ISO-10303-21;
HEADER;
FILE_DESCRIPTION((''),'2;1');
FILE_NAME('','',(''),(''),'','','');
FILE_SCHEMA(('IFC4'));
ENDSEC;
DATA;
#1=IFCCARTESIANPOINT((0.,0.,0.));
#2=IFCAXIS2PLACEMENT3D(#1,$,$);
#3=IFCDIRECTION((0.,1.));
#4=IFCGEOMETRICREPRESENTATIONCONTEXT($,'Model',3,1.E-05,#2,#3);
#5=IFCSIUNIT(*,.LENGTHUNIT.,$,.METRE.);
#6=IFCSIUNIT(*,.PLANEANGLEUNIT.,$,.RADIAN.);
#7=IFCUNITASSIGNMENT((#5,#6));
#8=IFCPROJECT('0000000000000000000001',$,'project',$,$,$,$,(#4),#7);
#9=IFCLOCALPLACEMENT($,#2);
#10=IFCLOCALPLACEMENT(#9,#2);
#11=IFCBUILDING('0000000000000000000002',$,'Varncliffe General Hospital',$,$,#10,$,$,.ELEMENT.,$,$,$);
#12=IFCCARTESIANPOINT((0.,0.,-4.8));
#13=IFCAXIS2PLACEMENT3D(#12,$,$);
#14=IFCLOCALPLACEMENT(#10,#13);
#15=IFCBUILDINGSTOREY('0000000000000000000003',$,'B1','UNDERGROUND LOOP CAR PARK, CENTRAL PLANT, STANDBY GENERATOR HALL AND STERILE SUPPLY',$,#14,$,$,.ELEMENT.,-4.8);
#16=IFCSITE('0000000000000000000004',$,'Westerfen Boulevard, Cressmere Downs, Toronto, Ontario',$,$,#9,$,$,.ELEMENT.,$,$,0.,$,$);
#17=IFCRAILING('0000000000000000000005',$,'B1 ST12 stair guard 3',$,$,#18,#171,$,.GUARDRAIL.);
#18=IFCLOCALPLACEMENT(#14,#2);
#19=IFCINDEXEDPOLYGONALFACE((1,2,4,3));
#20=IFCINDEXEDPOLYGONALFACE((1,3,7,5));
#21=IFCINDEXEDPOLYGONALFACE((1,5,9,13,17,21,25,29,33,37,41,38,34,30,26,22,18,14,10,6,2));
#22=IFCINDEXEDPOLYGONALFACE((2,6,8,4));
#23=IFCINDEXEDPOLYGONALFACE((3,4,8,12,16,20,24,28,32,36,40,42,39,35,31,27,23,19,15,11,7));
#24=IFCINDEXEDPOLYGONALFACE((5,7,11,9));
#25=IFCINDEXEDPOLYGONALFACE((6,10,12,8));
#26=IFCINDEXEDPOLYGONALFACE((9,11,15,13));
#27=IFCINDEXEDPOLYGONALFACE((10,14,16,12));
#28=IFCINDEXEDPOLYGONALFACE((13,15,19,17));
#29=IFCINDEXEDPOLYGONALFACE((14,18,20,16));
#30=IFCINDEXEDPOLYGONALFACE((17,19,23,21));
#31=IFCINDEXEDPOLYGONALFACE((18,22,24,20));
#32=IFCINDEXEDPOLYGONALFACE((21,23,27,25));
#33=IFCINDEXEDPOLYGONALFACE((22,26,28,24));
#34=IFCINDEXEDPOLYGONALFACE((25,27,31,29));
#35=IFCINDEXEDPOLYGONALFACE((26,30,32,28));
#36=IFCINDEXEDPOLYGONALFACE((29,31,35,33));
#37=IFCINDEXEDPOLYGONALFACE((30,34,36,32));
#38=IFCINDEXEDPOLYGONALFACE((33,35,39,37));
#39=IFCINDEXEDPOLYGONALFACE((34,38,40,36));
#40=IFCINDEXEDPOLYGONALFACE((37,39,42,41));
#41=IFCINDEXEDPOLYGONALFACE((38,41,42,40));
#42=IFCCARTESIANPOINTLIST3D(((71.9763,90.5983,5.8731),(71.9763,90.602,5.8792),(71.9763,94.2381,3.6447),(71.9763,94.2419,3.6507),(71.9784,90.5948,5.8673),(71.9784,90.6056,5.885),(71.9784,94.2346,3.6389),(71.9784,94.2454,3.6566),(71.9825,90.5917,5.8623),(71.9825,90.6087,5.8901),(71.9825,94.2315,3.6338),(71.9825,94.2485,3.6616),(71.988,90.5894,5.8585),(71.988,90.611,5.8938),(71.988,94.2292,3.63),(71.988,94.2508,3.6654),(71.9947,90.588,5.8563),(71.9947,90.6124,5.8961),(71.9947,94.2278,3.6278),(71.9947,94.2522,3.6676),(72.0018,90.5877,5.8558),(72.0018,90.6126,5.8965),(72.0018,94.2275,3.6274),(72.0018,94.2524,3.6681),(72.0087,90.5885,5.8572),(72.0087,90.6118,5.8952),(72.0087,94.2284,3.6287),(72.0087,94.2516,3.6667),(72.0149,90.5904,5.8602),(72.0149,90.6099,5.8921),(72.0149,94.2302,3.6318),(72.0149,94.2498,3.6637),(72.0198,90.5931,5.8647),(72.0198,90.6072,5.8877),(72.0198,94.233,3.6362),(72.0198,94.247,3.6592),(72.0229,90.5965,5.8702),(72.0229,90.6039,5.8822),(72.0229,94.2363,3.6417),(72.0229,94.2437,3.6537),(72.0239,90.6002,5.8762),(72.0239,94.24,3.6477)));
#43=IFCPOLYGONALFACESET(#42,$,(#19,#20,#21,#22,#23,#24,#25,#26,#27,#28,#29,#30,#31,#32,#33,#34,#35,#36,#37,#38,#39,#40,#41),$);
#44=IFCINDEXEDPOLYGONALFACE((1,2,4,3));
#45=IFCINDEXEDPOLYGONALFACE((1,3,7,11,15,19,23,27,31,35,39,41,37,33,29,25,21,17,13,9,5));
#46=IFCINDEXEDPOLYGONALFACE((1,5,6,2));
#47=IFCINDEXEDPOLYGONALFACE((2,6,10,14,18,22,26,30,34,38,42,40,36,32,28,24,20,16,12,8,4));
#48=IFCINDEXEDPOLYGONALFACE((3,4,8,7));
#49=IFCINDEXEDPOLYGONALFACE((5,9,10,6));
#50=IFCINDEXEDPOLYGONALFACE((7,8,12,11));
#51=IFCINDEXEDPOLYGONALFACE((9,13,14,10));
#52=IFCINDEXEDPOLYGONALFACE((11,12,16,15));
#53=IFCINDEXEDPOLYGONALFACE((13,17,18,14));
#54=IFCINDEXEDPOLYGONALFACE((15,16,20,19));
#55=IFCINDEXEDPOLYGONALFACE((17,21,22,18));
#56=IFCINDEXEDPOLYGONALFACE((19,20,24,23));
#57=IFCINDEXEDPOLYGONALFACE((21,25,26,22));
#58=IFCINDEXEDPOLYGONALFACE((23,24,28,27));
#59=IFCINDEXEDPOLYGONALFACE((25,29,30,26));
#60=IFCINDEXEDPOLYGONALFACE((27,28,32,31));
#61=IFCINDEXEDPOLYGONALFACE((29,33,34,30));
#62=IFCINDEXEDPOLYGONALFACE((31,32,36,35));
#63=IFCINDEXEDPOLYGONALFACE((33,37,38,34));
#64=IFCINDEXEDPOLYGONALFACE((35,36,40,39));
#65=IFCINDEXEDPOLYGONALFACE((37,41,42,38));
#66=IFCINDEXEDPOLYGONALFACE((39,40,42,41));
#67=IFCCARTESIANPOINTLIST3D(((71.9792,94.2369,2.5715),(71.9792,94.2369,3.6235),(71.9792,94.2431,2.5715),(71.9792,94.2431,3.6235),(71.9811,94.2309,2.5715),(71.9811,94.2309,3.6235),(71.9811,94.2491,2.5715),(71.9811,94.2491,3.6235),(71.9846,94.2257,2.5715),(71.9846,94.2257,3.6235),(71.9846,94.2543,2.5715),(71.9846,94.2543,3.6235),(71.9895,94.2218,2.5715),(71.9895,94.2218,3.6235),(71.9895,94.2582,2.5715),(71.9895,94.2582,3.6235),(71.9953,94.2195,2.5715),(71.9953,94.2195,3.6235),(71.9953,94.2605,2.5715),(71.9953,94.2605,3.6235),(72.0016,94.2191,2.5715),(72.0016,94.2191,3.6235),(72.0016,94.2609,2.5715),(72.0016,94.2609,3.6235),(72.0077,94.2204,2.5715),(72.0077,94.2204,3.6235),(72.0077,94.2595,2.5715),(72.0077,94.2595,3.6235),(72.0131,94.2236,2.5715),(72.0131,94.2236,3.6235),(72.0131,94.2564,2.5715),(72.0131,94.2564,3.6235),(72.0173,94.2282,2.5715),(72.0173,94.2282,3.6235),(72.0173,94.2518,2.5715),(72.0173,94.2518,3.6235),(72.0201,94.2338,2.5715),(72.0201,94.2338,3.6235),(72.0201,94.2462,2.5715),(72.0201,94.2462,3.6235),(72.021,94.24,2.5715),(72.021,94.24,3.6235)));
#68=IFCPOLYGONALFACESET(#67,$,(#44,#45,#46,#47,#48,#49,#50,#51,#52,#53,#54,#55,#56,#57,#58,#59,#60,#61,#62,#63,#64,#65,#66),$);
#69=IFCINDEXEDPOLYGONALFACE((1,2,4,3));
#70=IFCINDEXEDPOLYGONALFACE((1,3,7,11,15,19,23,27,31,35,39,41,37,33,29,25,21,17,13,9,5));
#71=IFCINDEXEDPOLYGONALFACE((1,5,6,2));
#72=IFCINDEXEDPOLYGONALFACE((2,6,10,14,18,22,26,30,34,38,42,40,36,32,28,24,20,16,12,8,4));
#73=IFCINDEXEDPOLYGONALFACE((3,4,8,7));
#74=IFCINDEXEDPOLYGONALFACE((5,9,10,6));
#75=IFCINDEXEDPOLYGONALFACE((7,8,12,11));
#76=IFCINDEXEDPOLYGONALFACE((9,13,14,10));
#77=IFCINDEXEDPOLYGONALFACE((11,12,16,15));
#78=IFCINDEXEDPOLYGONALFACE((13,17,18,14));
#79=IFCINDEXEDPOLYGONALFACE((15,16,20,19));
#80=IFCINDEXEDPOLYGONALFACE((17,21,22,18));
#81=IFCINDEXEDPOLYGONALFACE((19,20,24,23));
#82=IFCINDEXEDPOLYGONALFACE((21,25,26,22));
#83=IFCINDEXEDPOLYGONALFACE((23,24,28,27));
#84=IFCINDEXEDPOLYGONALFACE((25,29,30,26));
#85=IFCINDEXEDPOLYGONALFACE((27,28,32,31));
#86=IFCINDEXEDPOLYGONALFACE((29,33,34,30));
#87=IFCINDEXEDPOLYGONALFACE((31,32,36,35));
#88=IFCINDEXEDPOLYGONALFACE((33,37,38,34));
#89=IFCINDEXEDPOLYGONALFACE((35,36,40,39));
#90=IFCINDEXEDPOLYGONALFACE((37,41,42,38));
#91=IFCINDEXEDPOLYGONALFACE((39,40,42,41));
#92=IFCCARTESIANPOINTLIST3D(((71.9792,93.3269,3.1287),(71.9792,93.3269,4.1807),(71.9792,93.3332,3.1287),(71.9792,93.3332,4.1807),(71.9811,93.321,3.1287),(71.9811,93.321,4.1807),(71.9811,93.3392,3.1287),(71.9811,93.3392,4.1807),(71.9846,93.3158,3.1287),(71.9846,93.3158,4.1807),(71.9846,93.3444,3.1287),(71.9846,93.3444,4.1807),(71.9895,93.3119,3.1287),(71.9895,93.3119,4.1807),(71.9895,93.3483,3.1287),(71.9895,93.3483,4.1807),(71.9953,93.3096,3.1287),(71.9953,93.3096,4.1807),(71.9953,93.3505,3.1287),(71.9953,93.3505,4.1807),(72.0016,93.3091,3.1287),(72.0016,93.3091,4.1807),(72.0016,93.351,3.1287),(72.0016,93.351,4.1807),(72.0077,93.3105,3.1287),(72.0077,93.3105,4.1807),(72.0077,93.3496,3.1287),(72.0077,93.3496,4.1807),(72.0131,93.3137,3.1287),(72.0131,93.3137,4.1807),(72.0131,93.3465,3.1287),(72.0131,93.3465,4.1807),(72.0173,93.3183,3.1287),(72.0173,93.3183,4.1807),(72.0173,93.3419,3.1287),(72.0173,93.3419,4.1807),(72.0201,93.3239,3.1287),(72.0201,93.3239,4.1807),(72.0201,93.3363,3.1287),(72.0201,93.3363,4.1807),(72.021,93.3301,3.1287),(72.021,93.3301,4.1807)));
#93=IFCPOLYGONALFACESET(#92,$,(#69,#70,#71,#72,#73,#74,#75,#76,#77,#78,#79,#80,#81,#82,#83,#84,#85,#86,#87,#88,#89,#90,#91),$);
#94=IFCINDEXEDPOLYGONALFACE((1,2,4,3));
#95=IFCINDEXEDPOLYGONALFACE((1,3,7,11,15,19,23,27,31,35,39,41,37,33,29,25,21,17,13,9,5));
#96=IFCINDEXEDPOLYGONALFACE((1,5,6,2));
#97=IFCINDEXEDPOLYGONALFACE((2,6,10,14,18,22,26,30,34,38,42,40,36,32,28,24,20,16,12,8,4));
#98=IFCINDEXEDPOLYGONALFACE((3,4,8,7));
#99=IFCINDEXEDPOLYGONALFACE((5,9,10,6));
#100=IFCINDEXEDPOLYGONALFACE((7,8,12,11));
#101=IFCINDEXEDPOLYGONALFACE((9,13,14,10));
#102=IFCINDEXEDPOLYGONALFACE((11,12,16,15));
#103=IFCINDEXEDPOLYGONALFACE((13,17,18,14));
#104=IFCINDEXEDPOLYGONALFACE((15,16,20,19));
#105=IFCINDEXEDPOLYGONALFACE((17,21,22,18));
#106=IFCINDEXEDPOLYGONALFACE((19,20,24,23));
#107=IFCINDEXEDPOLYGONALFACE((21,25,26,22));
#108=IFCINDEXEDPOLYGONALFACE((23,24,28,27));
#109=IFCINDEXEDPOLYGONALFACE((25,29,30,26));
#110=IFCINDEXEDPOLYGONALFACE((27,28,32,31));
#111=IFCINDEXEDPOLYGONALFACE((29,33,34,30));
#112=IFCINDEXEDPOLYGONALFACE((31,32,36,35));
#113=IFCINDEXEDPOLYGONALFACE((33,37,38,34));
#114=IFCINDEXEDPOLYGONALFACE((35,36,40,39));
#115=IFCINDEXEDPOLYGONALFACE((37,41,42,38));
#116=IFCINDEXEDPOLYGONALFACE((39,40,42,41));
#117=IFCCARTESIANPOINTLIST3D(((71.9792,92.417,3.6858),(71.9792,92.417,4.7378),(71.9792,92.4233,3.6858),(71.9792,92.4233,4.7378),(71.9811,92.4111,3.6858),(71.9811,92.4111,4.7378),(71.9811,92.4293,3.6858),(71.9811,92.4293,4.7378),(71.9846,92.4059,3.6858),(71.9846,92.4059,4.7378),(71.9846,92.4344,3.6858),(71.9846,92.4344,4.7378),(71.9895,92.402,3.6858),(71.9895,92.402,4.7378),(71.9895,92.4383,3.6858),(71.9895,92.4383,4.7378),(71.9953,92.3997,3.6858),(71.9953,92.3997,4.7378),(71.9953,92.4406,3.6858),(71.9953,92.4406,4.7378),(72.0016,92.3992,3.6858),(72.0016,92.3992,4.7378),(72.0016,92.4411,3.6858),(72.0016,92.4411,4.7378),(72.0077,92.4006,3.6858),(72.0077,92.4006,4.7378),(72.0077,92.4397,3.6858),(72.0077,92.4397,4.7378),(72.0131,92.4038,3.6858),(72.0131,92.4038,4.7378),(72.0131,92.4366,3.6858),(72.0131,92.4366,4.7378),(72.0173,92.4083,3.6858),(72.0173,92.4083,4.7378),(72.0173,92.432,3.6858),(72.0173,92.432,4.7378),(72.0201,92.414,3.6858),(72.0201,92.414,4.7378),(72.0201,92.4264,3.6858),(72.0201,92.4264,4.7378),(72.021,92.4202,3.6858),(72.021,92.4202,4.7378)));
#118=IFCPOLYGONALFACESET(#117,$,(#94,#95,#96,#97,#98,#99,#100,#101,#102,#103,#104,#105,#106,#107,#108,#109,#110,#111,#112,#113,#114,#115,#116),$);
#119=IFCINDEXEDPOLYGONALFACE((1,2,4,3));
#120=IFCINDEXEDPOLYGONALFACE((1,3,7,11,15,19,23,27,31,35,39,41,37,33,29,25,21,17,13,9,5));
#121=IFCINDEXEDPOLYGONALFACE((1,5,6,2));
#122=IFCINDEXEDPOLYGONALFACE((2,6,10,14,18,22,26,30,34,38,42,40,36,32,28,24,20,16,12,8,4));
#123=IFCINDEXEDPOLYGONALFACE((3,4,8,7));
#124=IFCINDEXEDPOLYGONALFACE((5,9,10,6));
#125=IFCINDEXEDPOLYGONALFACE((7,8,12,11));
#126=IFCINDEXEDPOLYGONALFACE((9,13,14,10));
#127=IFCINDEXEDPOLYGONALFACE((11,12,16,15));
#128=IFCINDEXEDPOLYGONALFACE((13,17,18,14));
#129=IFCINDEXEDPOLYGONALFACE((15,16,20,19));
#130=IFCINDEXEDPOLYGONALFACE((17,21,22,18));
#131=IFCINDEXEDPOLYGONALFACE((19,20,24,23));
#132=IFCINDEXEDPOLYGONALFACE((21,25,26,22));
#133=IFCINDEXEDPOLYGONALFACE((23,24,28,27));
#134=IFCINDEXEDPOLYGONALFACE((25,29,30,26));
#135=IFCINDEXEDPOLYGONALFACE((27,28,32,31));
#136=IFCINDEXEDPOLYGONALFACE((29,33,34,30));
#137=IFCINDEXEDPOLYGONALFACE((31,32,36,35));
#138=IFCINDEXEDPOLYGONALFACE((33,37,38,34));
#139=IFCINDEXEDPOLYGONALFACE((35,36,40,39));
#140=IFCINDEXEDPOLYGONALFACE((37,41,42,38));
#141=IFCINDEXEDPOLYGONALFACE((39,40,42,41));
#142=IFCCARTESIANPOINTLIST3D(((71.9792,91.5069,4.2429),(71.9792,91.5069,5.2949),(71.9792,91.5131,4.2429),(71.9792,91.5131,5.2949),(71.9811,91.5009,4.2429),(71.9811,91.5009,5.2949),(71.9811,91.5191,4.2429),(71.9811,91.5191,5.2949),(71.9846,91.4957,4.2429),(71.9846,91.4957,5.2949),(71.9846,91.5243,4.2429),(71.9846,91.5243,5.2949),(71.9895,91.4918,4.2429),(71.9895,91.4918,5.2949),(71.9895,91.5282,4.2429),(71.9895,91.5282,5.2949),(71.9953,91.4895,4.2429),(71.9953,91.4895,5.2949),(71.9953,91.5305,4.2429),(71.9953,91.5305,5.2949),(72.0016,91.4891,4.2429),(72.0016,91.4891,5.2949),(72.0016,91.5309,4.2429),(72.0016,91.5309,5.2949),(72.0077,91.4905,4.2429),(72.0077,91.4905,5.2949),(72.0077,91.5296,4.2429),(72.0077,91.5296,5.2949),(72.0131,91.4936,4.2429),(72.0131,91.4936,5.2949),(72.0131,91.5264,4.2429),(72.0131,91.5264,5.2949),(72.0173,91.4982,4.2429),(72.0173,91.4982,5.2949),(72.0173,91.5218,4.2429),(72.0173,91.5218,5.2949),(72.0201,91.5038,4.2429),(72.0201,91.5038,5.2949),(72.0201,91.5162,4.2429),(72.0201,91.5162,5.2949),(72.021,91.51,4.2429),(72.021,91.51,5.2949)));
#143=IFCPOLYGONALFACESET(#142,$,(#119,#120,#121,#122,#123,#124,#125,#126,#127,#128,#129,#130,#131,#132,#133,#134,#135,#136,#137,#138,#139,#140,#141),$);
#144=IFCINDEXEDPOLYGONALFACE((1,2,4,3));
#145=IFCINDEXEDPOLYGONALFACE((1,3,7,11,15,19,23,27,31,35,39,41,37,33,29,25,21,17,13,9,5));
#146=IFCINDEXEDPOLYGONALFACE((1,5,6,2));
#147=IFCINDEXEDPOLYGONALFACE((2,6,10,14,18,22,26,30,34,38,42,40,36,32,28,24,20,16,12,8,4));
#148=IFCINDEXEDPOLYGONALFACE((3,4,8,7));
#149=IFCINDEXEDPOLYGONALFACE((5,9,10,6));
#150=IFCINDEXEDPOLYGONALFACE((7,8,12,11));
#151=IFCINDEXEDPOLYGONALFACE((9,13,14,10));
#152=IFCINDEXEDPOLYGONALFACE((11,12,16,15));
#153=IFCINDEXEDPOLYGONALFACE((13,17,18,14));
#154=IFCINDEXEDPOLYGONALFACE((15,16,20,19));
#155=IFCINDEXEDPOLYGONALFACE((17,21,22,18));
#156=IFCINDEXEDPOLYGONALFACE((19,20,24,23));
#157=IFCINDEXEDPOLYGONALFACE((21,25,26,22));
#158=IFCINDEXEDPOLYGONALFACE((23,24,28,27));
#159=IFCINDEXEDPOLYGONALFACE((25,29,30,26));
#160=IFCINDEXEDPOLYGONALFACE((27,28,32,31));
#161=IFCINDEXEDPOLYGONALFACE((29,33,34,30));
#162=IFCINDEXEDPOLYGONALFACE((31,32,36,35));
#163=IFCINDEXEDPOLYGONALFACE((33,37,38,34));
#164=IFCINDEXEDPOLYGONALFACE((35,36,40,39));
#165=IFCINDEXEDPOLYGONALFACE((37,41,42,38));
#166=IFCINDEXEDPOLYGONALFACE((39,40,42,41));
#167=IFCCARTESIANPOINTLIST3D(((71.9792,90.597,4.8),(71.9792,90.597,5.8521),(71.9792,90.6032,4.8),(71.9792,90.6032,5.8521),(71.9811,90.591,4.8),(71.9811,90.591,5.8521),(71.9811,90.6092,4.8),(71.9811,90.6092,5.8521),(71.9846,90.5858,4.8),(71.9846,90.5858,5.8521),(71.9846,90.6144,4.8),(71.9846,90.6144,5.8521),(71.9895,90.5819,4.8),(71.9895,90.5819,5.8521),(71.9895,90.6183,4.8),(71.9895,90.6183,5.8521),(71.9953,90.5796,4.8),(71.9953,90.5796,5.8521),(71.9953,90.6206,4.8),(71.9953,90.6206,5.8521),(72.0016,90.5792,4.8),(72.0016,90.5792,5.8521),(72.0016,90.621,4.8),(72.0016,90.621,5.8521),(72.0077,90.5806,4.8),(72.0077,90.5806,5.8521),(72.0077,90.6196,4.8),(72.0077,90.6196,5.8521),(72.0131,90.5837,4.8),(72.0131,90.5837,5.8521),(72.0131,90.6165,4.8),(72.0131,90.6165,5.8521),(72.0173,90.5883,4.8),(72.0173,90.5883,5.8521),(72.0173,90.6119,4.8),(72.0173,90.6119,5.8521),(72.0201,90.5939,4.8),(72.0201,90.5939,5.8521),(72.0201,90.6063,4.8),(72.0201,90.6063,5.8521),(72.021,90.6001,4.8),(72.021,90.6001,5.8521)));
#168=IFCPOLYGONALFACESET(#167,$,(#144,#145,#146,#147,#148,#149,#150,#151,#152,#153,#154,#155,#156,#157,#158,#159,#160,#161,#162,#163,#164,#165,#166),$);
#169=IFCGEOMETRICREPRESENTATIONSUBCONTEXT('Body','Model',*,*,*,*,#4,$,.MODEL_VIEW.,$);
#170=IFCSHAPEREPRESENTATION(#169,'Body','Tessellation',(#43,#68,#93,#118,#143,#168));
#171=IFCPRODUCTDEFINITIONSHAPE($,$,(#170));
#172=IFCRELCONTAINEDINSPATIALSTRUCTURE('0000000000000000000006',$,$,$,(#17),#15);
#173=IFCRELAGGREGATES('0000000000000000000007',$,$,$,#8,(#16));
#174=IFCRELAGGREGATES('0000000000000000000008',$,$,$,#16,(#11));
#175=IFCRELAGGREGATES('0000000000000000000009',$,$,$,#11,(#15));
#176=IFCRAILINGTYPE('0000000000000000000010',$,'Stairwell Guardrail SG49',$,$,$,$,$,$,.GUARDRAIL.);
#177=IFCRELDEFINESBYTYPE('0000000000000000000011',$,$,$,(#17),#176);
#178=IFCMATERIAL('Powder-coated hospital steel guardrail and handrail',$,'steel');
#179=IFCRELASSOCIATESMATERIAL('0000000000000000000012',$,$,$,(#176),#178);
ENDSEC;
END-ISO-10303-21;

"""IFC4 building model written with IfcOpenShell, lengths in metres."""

from ifc_helpers import new_model, si_unit, direction, frame, origin, origin_2d, place, context, subcontext, project, spatial, circle, extrude, material, type_object, element, save


model = new_model("IFC4")

# Units and contexts
model_context = context("Model", 3, precision=1e-05, world=origin(), true_north=direction((0.0, 1.0)))
body_context = subcontext(model_context, "Body", "Model", "MODEL_VIEW")
ifc_project = project(units=[si_unit("LENGTHUNIT", "METRE"), si_unit("PLANEANGLEUNIT", "RADIAN")], contexts=[model_context])

# Site, building, storey
site_placement = place(None, origin())
site = spatial("IfcSite", under=ifc_project, at=site_placement, Name="Westerfen Boulevard, Cressmere Downs, Toronto, Ontario", CompositionType="ELEMENT", RefElevation=0.0)
building_placement = place(site_placement, origin())
building = spatial("IfcBuilding", under=site, at=building_placement, Name="Varncliffe General Hospital", CompositionType="ELEMENT")
storey_placement = place(building_placement, frame((0.0, 0.0, -4.8)))
storey = spatial("IfcBuildingStorey", under=building, at=storey_placement, Name="B1", Description="UNDERGROUND LOOP CAR PARK, CENTRAL PLANT, STANDBY GENERATOR HALL AND STERILE SUPPLY", CompositionType="ELEMENT", Elevation=-4.8)

# Railing
ifc_material_1 = material(Name="Powder-coated hospital steel guardrail and handrail", Category="steel")
railing_type_1 = type_object("IfcRailingType", Name="Stairwell Guardrail SG49", PredefinedType="GUARDRAIL", material=ifc_material_1)
railing_1_placement = place(storey_placement, frame((72.0, 94.24, 2.5715)))
element("IfcRailing", 1, at=railing_1_placement, inside=storey, type_object=railing_type_1, Name="B1 ST12 stair guard 3", PredefinedType="GUARDRAIL", context=body_context, shape_type="SweptSolid", body=[
    extrude(circle(Radius=0.0239, at=origin_2d()), frame((0.0, 0.0, 1.0762), z_axis=(0.0, -0.85285, 0.522156), x_axis=(1.0, 0.0, 0.0)), (0.0, 0.0, 1.0), 4.2678),
    extrude(circle(Radius=0.021, at=origin_2d()), origin(), (0.0, 0.0, 1.0), 1.052),
    extrude(circle(Radius=0.021, at=origin_2d()), frame((0.0, -0.9099, 0.5571)), (0.0, 0.0, 1.0), 1.052),
    extrude(circle(Radius=0.021, at=origin_2d()), frame((0.0, -1.8198, 1.1143)), (0.0, 0.0, 1.0), 1.052),
    extrude(circle(Radius=0.021, at=origin_2d()), frame((0.0, -2.73, 1.6714)), (0.0, 0.0, 1.0), 1.052),
    extrude(circle(Radius=0.021, at=origin_2d()), frame((0.0, -3.6399, 2.2285)), (0.0, 0.0, 1.0), 1.052),
])

save(model, "model.ifc")
